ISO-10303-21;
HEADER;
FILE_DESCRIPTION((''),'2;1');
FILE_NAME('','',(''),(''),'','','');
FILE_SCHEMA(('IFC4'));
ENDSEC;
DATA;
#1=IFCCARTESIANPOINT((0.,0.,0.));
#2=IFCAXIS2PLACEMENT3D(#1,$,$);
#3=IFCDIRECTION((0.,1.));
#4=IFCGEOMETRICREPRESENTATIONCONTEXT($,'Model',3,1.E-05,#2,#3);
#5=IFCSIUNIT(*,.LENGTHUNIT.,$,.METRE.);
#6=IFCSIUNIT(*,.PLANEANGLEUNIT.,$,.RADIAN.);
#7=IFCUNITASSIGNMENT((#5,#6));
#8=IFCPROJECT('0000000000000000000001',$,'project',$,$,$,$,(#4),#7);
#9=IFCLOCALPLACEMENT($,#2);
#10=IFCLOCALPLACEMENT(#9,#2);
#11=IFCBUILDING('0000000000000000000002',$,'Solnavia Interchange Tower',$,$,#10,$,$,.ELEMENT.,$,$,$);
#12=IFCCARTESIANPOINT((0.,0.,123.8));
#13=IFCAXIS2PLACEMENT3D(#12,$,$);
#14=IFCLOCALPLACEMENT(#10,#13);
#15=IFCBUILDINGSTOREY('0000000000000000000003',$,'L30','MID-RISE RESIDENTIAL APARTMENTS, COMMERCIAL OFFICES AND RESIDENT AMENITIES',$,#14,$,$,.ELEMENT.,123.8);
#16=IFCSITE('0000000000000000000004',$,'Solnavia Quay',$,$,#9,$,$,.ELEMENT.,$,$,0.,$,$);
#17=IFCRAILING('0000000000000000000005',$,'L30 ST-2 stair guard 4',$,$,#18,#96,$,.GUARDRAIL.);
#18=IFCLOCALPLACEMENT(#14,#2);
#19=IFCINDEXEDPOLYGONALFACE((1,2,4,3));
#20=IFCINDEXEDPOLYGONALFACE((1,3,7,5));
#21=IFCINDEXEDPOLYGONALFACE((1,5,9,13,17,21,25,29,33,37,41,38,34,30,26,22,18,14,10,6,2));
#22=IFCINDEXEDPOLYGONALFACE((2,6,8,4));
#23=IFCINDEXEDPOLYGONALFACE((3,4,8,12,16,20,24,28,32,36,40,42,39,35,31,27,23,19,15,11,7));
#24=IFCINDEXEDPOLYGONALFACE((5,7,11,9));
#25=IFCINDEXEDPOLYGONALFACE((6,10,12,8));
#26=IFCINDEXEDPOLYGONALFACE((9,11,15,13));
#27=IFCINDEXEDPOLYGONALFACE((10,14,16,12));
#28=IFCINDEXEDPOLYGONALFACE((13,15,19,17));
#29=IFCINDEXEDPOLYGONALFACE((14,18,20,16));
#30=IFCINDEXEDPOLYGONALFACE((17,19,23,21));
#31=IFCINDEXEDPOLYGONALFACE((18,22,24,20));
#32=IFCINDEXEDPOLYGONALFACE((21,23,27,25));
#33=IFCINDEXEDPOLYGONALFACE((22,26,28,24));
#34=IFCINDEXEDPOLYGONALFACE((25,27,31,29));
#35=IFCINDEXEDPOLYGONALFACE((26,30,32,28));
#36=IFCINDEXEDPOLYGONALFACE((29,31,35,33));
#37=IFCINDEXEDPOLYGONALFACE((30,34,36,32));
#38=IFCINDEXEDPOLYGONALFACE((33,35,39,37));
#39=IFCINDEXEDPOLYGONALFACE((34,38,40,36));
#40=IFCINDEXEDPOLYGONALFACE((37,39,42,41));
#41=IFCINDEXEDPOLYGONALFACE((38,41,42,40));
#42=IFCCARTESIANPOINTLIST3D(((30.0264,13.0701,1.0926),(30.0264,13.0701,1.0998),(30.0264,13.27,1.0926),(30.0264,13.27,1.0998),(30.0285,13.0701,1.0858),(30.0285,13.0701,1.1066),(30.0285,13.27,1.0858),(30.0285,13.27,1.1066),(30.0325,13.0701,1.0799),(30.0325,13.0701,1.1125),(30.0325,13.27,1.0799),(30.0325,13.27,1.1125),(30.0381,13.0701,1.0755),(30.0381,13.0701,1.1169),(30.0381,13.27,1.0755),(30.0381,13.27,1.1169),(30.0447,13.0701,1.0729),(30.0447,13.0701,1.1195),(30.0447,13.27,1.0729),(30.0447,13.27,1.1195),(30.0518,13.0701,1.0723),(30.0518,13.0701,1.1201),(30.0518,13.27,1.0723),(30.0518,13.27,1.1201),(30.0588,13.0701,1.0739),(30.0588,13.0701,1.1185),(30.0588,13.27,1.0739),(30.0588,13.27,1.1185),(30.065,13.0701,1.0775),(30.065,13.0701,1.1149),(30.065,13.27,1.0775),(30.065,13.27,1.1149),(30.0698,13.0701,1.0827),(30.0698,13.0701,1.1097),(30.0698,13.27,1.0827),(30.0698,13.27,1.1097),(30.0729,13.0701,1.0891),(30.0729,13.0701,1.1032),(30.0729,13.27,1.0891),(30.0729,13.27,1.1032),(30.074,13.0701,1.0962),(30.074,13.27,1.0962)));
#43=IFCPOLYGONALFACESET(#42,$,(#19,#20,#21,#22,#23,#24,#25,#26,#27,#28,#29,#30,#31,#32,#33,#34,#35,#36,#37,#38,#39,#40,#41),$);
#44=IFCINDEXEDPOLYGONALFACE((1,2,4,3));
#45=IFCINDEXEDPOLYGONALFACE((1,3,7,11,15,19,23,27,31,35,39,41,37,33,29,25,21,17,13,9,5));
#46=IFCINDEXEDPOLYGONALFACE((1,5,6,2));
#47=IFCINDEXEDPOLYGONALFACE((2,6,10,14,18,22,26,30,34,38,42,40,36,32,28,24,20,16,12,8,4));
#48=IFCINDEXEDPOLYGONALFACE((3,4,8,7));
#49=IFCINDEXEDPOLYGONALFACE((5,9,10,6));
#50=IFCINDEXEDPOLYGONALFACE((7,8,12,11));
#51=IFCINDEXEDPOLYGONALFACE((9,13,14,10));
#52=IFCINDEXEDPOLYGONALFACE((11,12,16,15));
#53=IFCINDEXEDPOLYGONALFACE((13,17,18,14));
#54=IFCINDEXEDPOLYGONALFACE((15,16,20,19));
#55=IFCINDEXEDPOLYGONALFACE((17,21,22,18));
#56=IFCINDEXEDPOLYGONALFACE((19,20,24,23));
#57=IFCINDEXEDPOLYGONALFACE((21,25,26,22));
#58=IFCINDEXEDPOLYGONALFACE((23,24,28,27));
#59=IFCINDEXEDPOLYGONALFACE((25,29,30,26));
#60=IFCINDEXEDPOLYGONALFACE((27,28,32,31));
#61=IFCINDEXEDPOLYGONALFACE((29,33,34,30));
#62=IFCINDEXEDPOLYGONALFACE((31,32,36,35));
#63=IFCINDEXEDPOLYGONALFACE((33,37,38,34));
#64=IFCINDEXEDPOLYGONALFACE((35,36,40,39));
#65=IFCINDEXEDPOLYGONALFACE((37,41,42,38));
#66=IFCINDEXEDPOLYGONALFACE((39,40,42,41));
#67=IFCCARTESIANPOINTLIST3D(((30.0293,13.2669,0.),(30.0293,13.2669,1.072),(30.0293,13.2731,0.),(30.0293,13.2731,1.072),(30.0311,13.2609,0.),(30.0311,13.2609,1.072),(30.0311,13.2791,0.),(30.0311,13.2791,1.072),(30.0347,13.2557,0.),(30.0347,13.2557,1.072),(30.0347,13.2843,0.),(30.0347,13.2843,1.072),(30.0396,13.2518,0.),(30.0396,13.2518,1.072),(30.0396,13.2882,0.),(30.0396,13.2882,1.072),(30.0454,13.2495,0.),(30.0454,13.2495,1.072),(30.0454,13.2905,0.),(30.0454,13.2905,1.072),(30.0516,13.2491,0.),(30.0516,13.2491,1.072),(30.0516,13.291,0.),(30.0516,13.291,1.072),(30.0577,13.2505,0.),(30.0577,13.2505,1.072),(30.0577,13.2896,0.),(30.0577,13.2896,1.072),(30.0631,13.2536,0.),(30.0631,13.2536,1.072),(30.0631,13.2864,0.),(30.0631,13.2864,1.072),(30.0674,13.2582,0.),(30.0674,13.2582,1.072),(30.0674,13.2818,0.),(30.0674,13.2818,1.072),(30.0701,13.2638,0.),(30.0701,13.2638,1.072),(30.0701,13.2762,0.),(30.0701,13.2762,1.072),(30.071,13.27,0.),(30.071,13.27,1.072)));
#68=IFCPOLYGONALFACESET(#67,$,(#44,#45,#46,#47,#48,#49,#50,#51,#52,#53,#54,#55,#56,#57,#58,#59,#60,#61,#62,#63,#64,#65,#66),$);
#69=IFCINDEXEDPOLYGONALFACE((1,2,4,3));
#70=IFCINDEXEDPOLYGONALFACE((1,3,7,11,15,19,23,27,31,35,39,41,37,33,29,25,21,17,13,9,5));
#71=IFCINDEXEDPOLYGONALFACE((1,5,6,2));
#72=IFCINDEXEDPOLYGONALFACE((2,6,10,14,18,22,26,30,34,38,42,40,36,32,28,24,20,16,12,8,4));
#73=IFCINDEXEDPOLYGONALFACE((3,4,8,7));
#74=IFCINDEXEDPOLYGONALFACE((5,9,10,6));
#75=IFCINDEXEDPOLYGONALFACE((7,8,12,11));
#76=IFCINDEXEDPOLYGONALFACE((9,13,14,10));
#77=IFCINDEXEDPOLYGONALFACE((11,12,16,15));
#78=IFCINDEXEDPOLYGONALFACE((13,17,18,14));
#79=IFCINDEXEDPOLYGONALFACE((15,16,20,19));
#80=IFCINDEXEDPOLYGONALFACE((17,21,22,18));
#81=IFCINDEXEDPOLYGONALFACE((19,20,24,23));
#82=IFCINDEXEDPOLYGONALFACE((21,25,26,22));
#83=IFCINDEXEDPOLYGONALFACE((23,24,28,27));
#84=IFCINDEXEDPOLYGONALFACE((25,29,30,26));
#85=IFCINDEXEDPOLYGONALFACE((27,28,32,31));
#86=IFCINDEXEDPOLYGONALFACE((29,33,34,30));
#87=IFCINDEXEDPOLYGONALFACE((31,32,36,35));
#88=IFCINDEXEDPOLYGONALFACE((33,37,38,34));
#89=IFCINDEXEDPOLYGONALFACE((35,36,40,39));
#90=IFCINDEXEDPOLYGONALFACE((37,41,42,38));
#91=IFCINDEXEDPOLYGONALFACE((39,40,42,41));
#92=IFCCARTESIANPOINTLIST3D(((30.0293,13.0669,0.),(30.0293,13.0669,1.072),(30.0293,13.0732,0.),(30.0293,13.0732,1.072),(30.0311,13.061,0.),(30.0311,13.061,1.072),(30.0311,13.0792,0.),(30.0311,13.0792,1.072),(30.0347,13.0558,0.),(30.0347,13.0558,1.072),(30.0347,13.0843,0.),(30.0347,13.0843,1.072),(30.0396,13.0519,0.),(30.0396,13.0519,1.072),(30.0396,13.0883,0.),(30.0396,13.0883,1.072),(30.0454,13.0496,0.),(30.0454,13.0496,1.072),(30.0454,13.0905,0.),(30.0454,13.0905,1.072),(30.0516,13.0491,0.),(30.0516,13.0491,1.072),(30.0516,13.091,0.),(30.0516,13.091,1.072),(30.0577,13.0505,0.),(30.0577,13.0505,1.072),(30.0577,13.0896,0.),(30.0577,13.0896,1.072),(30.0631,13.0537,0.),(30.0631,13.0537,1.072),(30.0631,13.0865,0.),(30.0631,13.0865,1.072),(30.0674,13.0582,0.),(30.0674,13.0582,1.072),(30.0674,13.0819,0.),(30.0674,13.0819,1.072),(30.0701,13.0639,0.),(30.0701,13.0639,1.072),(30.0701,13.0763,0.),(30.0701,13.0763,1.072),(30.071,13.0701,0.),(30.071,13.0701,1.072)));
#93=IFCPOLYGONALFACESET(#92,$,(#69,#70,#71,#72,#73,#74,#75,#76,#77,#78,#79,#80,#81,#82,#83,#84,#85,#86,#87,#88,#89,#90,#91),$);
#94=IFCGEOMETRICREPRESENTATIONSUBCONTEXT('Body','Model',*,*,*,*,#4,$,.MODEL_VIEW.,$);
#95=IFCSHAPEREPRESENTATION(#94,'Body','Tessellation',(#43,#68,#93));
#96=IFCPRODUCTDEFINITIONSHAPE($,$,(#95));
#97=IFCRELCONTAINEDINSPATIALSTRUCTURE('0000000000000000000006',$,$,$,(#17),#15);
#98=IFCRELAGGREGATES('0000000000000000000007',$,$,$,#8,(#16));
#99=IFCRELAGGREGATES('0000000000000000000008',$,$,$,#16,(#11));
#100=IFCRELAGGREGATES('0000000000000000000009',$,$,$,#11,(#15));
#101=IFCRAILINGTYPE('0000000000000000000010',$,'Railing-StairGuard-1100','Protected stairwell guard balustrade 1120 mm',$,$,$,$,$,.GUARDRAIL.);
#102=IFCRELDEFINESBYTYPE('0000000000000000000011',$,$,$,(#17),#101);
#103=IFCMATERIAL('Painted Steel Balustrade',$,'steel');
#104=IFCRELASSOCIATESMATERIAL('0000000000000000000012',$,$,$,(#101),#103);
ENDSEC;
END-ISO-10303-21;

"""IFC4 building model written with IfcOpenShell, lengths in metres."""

from ifc_helpers import new_model, si_unit, direction, frame, origin, origin_2d, place, context, subcontext, project, spatial, circle, extrude, material, type_object, element, save


model = new_model("IFC4")

# Units and contexts
model_context = context("Model", 3, precision=1e-05, world=origin(), true_north=direction((0.0, 1.0)))
body_context = subcontext(model_context, "Body", "Model", "MODEL_VIEW")
ifc_project = project(units=[si_unit("LENGTHUNIT", "METRE"), si_unit("PLANEANGLEUNIT", "RADIAN")], contexts=[model_context])

# Site, building, storey
site_placement = place(None, origin())
site = spatial("IfcSite", under=ifc_project, at=site_placement, Name="Solnavia Quay", CompositionType="ELEMENT", RefElevation=0.0)
building_placement = place(site_placement, origin())
building = spatial("IfcBuilding", under=site, at=building_placement, Name="Solnavia Interchange Tower", CompositionType="ELEMENT")
storey_placement = place(building_placement, frame((0.0, 0.0, 123.8)))
storey = spatial("IfcBuildingStorey", under=building, at=storey_placement, Name="L30", Description="MID-RISE RESIDENTIAL APARTMENTS, COMMERCIAL OFFICES AND RESIDENT AMENITIES", CompositionType="ELEMENT", Elevation=123.8)

# Railing
ifc_material_1 = material(Name="Painted Steel Balustrade", Category="steel")
railing_type_1 = type_object("IfcRailingType", Name="Railing-StairGuard-1100", Description="Protected stairwell guard balustrade 1120 mm", PredefinedType="GUARDRAIL", material=ifc_material_1)
railing_1_placement = place(storey_placement, frame((30.05, 13.27, 0.0)))
element("IfcRailing", 1, at=railing_1_placement, inside=storey, type_object=railing_type_1, Name="L30 ST-2 stair guard 4", PredefinedType="GUARDRAIL", context=body_context, shape_type="SweptSolid", body=[
    extrude(circle(Radius=0.0239, at=origin_2d()), frame((0.0, 0.0, 1.0962), z_axis=(0.0, -1.0, 0.0), x_axis=(1.0, 0.0, 0.0)), (0.0, 0.0, 1.0), 0.2),
    extrude(circle(Radius=0.021, at=origin_2d()), origin(), (0.0, 0.0, 1.0), 1.072),
    extrude(circle(Radius=0.021, at=origin_2d()), frame((0.0, -0.2, 0.0)), (0.0, 0.0, 1.0), 1.072),
])

save(model, "model.ifc")
